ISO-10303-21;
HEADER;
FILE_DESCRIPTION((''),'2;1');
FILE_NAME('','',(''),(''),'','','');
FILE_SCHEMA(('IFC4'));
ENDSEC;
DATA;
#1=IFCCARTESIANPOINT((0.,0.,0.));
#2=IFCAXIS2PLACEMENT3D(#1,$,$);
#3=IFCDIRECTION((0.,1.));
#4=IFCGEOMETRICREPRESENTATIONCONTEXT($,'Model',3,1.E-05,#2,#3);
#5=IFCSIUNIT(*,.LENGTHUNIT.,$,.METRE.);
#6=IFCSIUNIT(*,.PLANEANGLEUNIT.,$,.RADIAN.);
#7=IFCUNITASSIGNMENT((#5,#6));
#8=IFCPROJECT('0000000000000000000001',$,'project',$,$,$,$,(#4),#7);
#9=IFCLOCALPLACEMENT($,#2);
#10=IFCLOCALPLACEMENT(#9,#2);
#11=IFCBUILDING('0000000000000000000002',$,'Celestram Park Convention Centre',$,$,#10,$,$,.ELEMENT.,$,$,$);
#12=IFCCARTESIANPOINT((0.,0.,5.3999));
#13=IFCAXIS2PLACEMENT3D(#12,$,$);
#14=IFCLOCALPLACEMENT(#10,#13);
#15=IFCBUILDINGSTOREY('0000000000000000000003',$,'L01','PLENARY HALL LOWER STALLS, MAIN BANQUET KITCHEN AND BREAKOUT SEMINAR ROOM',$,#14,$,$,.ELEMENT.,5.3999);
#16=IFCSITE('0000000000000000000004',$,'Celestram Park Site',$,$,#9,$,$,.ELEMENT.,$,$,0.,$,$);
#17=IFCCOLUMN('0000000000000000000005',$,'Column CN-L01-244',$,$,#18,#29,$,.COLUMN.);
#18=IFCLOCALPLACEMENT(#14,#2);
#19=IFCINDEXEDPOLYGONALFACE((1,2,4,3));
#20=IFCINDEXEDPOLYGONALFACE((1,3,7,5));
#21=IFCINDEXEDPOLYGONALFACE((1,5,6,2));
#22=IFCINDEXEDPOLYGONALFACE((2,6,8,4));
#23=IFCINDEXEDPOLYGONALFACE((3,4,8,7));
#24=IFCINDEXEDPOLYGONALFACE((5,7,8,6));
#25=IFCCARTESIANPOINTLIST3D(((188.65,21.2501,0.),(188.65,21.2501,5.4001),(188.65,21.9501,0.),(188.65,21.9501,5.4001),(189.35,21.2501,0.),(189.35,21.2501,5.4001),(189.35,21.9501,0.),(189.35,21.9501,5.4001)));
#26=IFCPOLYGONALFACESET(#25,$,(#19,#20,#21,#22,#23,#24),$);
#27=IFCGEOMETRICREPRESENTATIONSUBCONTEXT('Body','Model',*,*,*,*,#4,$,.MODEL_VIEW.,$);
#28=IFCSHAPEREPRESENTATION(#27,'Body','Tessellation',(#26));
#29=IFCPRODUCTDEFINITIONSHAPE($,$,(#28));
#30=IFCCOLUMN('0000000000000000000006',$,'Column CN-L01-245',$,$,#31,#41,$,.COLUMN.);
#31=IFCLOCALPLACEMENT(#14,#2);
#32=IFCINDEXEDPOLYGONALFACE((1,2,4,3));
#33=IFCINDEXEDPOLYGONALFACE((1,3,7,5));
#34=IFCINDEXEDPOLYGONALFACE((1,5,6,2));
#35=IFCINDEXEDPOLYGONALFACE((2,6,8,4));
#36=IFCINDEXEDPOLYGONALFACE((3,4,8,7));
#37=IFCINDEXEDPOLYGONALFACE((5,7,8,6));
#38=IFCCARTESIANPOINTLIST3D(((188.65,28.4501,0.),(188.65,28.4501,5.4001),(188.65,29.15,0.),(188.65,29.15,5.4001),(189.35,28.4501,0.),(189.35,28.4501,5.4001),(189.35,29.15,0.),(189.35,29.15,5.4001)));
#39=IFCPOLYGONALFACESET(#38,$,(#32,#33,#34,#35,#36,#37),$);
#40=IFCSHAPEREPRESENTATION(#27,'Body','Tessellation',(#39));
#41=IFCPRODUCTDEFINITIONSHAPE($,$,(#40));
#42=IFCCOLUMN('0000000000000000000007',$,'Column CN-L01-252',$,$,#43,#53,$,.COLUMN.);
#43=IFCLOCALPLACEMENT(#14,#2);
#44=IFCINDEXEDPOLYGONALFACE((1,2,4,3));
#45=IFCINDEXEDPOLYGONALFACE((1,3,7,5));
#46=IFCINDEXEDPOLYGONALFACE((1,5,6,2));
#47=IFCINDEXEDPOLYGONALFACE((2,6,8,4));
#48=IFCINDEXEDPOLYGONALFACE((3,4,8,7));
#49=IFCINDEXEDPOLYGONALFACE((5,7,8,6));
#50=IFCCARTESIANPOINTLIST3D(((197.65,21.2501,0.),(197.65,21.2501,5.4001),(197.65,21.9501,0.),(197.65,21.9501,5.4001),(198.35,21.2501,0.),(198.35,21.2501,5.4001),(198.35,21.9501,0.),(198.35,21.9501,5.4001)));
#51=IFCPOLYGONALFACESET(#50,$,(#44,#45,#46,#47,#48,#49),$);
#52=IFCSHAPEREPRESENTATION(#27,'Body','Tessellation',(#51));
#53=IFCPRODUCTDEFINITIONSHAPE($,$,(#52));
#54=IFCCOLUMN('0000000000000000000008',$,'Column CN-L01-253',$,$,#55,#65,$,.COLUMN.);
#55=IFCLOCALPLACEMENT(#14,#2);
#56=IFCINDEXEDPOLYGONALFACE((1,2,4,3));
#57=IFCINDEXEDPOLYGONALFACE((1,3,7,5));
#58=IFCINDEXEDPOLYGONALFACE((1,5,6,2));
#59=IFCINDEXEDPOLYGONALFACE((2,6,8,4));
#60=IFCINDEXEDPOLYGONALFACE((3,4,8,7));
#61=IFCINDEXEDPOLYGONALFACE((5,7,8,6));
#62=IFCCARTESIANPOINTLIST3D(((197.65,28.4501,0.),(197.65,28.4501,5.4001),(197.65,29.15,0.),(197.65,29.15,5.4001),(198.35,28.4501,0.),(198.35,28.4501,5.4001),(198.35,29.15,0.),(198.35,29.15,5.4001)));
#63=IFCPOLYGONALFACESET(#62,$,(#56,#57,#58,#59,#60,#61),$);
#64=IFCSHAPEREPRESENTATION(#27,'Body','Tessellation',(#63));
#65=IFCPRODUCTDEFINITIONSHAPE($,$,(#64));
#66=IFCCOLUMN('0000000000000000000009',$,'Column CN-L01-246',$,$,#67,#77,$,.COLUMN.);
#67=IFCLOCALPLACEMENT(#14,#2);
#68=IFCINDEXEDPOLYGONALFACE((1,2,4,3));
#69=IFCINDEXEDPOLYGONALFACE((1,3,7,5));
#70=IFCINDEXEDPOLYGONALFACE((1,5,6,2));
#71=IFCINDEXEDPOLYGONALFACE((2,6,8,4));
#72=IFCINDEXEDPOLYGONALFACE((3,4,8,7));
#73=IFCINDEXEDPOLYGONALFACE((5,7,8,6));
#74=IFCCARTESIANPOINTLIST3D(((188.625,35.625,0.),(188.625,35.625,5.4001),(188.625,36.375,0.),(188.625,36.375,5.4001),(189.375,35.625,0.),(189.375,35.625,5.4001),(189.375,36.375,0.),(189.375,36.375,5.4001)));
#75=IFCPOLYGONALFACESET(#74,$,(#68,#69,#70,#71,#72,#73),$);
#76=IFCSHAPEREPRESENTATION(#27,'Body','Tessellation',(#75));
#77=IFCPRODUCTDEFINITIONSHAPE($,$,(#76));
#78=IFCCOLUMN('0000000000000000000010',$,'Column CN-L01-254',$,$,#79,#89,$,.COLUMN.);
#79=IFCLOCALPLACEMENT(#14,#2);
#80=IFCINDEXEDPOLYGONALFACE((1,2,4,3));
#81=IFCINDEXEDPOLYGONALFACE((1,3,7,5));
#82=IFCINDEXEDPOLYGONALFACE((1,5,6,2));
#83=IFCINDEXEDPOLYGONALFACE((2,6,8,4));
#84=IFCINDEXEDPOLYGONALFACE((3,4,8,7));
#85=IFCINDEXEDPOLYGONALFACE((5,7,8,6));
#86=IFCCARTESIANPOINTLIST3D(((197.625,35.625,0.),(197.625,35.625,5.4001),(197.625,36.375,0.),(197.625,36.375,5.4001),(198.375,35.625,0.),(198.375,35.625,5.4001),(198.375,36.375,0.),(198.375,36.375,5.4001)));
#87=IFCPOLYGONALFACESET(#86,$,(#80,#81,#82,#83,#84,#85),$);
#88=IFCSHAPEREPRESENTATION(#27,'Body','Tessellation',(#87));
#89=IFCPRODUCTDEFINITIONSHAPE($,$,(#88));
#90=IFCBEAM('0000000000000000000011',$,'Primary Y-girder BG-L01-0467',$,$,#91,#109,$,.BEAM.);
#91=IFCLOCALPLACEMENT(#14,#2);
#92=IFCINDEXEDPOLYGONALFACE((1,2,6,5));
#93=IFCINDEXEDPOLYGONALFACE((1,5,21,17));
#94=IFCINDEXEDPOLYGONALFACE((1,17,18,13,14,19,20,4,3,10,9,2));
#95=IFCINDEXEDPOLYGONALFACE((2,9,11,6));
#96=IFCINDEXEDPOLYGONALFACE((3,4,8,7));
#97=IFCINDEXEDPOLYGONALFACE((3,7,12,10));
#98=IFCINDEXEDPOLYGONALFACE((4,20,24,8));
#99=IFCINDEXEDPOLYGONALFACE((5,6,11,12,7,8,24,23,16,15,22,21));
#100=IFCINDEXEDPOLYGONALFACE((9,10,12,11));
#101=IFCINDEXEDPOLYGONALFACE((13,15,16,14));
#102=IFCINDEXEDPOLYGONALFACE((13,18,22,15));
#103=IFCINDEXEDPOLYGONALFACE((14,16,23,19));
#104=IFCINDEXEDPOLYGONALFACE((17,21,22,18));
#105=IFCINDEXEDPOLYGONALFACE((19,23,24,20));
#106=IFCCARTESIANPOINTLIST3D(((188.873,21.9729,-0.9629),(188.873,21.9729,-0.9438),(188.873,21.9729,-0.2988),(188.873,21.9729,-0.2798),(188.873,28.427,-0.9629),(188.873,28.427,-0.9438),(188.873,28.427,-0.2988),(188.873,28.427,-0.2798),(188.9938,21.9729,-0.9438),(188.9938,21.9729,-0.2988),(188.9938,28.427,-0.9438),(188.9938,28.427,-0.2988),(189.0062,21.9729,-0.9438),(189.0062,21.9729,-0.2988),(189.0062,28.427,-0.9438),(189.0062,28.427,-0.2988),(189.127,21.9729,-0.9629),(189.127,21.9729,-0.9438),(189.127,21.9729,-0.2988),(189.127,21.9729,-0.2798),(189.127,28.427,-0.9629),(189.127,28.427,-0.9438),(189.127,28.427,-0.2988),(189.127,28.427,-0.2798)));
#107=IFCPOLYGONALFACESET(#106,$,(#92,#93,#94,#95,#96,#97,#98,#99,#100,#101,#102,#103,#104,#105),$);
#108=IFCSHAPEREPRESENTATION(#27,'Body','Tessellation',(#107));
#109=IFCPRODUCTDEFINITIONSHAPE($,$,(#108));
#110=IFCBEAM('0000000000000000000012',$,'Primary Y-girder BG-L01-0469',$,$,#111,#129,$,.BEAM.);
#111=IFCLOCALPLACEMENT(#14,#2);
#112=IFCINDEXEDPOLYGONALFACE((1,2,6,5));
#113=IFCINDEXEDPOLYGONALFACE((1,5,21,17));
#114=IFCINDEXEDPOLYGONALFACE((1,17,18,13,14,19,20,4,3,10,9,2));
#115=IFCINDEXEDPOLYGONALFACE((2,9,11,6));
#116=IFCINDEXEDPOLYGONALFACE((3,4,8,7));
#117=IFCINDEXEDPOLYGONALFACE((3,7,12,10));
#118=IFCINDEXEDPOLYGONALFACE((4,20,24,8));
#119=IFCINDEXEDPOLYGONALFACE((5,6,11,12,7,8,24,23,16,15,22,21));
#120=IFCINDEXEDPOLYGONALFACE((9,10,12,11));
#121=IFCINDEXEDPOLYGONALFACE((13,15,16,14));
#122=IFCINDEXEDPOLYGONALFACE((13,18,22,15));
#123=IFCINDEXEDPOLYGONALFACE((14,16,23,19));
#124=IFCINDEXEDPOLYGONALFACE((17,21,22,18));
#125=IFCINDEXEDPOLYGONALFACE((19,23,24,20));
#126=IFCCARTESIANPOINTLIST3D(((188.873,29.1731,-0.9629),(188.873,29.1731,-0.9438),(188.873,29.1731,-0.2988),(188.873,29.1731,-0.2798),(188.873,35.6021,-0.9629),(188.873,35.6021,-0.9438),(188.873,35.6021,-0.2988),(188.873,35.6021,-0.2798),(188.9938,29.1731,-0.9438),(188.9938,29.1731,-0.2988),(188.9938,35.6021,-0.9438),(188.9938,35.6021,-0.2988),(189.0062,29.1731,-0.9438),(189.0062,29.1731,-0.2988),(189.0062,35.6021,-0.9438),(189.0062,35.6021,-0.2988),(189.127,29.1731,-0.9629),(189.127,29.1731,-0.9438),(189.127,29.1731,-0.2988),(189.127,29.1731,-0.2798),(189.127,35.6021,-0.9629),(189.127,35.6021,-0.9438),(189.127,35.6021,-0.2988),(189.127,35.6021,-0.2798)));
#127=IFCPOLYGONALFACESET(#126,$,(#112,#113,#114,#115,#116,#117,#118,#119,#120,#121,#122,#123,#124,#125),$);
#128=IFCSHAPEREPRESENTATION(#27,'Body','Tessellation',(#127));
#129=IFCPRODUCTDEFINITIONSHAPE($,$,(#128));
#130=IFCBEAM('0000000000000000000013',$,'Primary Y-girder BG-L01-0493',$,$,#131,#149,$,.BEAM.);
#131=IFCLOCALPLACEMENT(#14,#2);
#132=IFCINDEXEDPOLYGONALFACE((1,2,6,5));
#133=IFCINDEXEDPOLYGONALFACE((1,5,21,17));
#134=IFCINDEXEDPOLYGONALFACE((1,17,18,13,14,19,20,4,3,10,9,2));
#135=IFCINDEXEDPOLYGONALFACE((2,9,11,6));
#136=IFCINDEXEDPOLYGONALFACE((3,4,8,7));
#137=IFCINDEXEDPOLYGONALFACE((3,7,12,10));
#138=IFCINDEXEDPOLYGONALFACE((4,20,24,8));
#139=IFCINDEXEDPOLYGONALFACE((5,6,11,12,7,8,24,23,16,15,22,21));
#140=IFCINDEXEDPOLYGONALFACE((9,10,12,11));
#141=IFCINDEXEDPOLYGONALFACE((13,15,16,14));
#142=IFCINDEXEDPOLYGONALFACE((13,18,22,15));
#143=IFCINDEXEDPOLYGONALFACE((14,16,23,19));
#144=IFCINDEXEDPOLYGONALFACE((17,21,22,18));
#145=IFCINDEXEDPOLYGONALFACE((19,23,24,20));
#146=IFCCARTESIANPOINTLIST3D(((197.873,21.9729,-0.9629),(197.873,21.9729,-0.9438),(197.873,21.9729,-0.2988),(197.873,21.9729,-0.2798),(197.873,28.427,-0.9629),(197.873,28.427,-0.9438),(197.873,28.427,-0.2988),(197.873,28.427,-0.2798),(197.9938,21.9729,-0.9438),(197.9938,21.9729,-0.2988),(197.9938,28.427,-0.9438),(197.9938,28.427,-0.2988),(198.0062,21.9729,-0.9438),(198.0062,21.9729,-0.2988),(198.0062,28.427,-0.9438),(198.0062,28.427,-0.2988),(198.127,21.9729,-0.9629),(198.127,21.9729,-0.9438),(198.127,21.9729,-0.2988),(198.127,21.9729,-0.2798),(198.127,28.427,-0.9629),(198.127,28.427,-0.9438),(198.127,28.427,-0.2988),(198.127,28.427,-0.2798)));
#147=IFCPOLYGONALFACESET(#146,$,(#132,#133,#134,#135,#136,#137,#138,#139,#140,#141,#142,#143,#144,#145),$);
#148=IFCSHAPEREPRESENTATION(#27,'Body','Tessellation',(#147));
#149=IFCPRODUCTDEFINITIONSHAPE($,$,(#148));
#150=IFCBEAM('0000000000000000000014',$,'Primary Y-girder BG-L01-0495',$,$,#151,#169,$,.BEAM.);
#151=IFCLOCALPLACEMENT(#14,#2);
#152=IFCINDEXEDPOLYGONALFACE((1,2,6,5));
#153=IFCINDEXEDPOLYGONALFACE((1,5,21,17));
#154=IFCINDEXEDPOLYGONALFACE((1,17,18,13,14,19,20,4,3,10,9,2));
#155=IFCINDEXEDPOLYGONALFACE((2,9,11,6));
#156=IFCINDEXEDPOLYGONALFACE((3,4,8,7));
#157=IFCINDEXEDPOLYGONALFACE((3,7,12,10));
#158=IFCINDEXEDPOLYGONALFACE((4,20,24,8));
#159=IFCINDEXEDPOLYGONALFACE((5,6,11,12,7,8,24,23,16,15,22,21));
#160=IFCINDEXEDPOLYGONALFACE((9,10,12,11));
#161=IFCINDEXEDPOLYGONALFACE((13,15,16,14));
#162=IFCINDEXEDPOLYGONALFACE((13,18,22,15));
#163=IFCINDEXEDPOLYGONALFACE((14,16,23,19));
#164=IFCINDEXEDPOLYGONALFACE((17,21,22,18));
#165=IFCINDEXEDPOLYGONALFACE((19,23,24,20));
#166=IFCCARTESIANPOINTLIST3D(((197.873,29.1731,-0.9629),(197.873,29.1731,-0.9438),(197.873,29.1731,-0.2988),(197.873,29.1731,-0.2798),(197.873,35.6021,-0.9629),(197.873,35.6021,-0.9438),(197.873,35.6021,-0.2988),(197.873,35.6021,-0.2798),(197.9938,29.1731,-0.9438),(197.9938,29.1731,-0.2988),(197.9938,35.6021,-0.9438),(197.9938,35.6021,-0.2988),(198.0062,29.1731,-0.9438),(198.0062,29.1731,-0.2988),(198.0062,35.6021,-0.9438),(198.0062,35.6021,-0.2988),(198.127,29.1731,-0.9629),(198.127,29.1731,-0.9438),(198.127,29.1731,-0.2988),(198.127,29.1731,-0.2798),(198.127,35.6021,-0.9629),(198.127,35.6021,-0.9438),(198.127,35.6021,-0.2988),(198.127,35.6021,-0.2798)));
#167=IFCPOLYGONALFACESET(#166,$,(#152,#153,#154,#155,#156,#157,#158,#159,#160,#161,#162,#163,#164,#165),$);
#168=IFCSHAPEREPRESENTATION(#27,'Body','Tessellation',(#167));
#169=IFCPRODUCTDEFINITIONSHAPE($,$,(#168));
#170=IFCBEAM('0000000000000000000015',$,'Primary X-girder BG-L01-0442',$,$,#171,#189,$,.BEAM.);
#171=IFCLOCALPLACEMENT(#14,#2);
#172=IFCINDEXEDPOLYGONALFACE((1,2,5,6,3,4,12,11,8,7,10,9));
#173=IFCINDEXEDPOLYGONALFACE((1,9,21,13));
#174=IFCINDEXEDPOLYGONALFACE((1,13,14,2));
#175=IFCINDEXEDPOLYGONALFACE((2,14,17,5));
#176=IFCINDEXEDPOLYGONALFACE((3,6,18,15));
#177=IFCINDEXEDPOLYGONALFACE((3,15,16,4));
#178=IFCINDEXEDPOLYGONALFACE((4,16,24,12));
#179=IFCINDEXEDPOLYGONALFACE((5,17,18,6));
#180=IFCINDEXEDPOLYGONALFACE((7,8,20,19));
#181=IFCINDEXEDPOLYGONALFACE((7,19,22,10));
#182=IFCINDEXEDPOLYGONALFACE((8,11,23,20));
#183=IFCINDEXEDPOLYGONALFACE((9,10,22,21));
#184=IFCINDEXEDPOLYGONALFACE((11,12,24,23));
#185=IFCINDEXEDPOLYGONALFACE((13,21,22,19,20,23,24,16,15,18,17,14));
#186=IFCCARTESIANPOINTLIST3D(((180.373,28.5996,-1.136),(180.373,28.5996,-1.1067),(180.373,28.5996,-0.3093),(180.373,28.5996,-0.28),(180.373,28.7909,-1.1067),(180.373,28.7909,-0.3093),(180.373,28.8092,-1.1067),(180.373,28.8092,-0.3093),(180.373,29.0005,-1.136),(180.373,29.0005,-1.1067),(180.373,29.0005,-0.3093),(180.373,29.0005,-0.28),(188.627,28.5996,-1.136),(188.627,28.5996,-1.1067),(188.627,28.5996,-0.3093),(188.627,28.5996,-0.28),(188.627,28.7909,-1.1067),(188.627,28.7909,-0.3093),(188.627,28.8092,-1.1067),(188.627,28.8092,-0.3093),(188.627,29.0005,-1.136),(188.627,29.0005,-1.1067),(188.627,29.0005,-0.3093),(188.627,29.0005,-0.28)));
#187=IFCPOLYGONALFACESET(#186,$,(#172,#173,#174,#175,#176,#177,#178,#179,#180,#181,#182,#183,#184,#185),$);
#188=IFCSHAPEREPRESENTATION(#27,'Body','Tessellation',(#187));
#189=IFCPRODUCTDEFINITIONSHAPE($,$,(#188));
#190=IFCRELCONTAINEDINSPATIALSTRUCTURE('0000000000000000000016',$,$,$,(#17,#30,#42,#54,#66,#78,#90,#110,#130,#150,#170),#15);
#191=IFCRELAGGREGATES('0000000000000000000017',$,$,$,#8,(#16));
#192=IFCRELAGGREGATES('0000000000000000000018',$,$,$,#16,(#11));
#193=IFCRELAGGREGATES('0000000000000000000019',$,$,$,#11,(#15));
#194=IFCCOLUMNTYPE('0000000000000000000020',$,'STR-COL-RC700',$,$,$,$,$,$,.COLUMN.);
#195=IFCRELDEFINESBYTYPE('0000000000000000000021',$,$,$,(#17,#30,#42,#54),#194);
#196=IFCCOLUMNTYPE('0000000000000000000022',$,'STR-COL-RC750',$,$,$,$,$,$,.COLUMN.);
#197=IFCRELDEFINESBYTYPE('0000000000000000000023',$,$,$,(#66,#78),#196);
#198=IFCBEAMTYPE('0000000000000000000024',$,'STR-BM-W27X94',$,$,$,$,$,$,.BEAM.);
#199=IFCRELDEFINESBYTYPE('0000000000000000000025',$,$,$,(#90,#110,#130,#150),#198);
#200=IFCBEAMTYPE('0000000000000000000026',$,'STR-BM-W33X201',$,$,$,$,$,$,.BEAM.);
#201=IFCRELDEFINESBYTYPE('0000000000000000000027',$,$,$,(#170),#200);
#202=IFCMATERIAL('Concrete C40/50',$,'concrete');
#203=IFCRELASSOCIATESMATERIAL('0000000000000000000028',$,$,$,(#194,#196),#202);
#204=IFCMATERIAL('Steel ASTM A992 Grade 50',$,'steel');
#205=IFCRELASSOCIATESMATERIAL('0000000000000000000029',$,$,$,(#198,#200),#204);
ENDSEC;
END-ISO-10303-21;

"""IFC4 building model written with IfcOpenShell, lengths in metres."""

from ifc_helpers import new_model, si_unit, direction, frame, origin, origin_2d, place, context, subcontext, project, spatial, rectangle, i_section, extrude, material, material_profile, profile_set, type_object, element, save


model = new_model("IFC4")

# Units and contexts
model_context = context("Model", 3, precision=1e-05, world=origin(), true_north=direction((0.0, 1.0)))
body_context = subcontext(model_context, "Body", "Model", "MODEL_VIEW")
ifc_project = project(units=[si_unit("LENGTHUNIT", "METRE"), si_unit("PLANEANGLEUNIT", "RADIAN")], contexts=[model_context])

# Site, building, storey
site_placement = place(None, origin())
site = spatial("IfcSite", under=ifc_project, at=site_placement, Name="Celestram Park Site", CompositionType="ELEMENT", RefElevation=0.0)
building_placement = place(site_placement, origin())
building = spatial("IfcBuilding", under=site, at=building_placement, Name="Celestram Park Convention Centre", CompositionType="ELEMENT")
storey_placement = place(building_placement, frame((0.0, 0.0, 5.3999)))
storey = spatial("IfcBuildingStorey", under=building, at=storey_placement, Name="L01", Description="PLENARY HALL LOWER STALLS, MAIN BANQUET KITCHEN AND BREAKOUT SEMINAR ROOM", CompositionType="ELEMENT", Elevation=5.3999)

# Columns
ifc_material_1 = material(Name="Concrete C40/50", Category="concrete")
ifc_material_profile_1 = material_profile(ifc_material_1, rectangle(XDim=0.7, YDim=0.7, at=origin_2d()), Name="RC700X700")
ifc_profile_set_1 = profile_set([ifc_material_profile_1], Name="Concrete C40/50")
column_type_1 = type_object("IfcColumnType", Name="STR-COL-RC700", PredefinedType="COLUMN", material=ifc_profile_set_1)
for number, where, z_axis, x_axis, name in (
    (1, (189.0, 21.6001, 0.0), (0.0, 0.0, 1.0), (1.0, 0.0, 0.0), "Column CN-L01-244"),
    (2, (189.0, 28.8, 0.0), (0.0, 0.0, 1.0), (1.0, 0.0, 0.0), "Column CN-L01-245"),
    (3, (198.0, 21.6001, 0.0), (0.0, 0.0, 1.0), (1.0, 0.0, 0.0), "Column CN-L01-252"),
    (4, (198.0, 28.8, 0.0), (0.0, 0.0, 1.0), (1.0, 0.0, 0.0), "Column CN-L01-253"),
):
    element("IfcColumn", number, at=place(storey_placement, frame(where, z_axis=z_axis, x_axis=x_axis)), inside=storey, type_object=column_type_1, Name=name, PredefinedType="COLUMN", context=body_context, shape_type="SweptSolid", body=[
        extrude(rectangle(XDim=0.7, YDim=0.7, at=origin_2d()), origin(), (0.0, 0.0, 1.0), 5.4001),
    ])
ifc_material_profile_2 = material_profile(ifc_material_1, rectangle(XDim=0.75, YDim=0.75, at=origin_2d()), Name="RC750X750")
ifc_profile_set_2 = profile_set([ifc_material_profile_2], Name="Concrete C40/50")
column_type_2 = type_object("IfcColumnType", Name="STR-COL-RC750", PredefinedType="COLUMN", material=ifc_profile_set_2)
for number, where, z_axis, x_axis, name in (
    (5, (189.0, 36.0, 0.0), (0.0, 0.0, 1.0), (1.0, 0.0, 0.0), "Column CN-L01-246"),
    (6, (198.0, 36.0, 0.0), (0.0, 0.0, 1.0), (1.0, 0.0, 0.0), "Column CN-L01-254"),
):
    element("IfcColumn", number, at=place(storey_placement, frame(where, z_axis=z_axis, x_axis=x_axis)), inside=storey, type_object=column_type_2, Name=name, PredefinedType="COLUMN", context=body_context, shape_type="SweptSolid", body=[
        extrude(rectangle(XDim=0.75, YDim=0.75, at=origin_2d()), origin(), (0.0, 0.0, 1.0), 5.4001),
    ])

# Beams
ifc_material_2 = material(Name="Steel ASTM A992 Grade 50", Category="steel")
ifc_material_profile_3 = material_profile(ifc_material_2, i_section(OverallWidth=0.2539, OverallDepth=0.6831, WebThickness=0.0125, FlangeThickness=0.019, at=origin_2d()), Name="W27X94")
ifc_profile_set_3 = profile_set([ifc_material_profile_3], Name="Steel ASTM A992 Grade 50")
beam_type_1 = type_object("IfcBeamType", Name="STR-BM-W27X94", PredefinedType="BEAM", material=ifc_profile_set_3)
beam_1_placement = place(storey_placement, frame((189.0, 21.9729, -0.6213), z_axis=(0.0, 1.0, 0.0), x_axis=(-1.0, 0.0, 0.0)))
element("IfcBeam", 7, at=beam_1_placement, inside=storey, type_object=beam_type_1, Name="Primary Y-girder BG-L01-0467", PredefinedType="BEAM", context=body_context, shape_type="SweptSolid", body=[
    extrude(i_section(OverallWidth=0.2539, OverallDepth=0.6831, WebThickness=0.0125, FlangeThickness=0.019, at=origin_2d()), origin(), (0.0, 0.0, 1.0), 6.4541),
])
beam_2_placement = place(storey_placement, frame((189.0, 29.1731, -0.6213), z_axis=(0.0, 1.0, 0.0), x_axis=(-1.0, 0.0, 0.0)))
element("IfcBeam", 8, at=beam_2_placement, inside=storey, type_object=beam_type_1, Name="Primary Y-girder BG-L01-0469", PredefinedType="BEAM", context=body_context, shape_type="SweptSolid", body=[
    extrude(i_section(OverallWidth=0.2539, OverallDepth=0.6831, WebThickness=0.0125, FlangeThickness=0.019, at=origin_2d()), origin(), (0.0, 0.0, 1.0), 6.429),
])
beam_3_placement = place(storey_placement, frame((198.0, 21.9729, -0.6213), z_axis=(0.0, 1.0, 0.0), x_axis=(-1.0, 0.0, 0.0)))
element("IfcBeam", 9, at=beam_3_placement, inside=storey, type_object=beam_type_1, Name="Primary Y-girder BG-L01-0493", PredefinedType="BEAM", context=body_context, shape_type="SweptSolid", body=[
    extrude(i_section(OverallWidth=0.2539, OverallDepth=0.6831, WebThickness=0.0125, FlangeThickness=0.019, at=origin_2d()), origin(), (0.0, 0.0, 1.0), 6.4541),
])
beam_4_placement = place(storey_placement, frame((198.0, 29.1731, -0.6213), z_axis=(0.0, 1.0, 0.0), x_axis=(-1.0, 0.0, 0.0)))
element("IfcBeam", 10, at=beam_4_placement, inside=storey, type_object=beam_type_1, Name="Primary Y-girder BG-L01-0495", PredefinedType="BEAM", context=body_context, shape_type="SweptSolid", body=[
    extrude(i_section(OverallWidth=0.2539, OverallDepth=0.6831, WebThickness=0.0125, FlangeThickness=0.019, at=origin_2d()), origin(), (0.0, 0.0, 1.0), 6.429),
])
ifc_material_profile_4 = material_profile(ifc_material_2, i_section(OverallWidth=0.4009, OverallDepth=0.856, WebThickness=0.0183, FlangeThickness=0.0293, at=origin_2d()), Name="W33X201")
ifc_profile_set_4 = profile_set([ifc_material_profile_4], Name="Steel ASTM A992 Grade 50")
beam_type_2 = type_object("IfcBeamType", Name="STR-BM-W33X201", PredefinedType="BEAM", material=ifc_profile_set_4)
for number, where, z_axis, x_axis, name in (
    (11, (180.373, 28.8, -0.708), (1.0, 0.0, 0.0), (0.0, 1.0, 0.0), "Primary X-girder BG-L01-0442"),
):
    element("IfcBeam", number, at=place(storey_placement, frame(where, z_axis=z_axis, x_axis=x_axis)), inside=storey, type_object=beam_type_2, Name=name, PredefinedType="BEAM", context=body_context, shape_type="SweptSolid", body=[
        extrude(i_section(OverallWidth=0.4009, OverallDepth=0.856, WebThickness=0.0183, FlangeThickness=0.0293, at=origin_2d()), origin(), (0.0, 0.0, 1.0), 8.2539),
    ])

save(model, "model.ifc")
